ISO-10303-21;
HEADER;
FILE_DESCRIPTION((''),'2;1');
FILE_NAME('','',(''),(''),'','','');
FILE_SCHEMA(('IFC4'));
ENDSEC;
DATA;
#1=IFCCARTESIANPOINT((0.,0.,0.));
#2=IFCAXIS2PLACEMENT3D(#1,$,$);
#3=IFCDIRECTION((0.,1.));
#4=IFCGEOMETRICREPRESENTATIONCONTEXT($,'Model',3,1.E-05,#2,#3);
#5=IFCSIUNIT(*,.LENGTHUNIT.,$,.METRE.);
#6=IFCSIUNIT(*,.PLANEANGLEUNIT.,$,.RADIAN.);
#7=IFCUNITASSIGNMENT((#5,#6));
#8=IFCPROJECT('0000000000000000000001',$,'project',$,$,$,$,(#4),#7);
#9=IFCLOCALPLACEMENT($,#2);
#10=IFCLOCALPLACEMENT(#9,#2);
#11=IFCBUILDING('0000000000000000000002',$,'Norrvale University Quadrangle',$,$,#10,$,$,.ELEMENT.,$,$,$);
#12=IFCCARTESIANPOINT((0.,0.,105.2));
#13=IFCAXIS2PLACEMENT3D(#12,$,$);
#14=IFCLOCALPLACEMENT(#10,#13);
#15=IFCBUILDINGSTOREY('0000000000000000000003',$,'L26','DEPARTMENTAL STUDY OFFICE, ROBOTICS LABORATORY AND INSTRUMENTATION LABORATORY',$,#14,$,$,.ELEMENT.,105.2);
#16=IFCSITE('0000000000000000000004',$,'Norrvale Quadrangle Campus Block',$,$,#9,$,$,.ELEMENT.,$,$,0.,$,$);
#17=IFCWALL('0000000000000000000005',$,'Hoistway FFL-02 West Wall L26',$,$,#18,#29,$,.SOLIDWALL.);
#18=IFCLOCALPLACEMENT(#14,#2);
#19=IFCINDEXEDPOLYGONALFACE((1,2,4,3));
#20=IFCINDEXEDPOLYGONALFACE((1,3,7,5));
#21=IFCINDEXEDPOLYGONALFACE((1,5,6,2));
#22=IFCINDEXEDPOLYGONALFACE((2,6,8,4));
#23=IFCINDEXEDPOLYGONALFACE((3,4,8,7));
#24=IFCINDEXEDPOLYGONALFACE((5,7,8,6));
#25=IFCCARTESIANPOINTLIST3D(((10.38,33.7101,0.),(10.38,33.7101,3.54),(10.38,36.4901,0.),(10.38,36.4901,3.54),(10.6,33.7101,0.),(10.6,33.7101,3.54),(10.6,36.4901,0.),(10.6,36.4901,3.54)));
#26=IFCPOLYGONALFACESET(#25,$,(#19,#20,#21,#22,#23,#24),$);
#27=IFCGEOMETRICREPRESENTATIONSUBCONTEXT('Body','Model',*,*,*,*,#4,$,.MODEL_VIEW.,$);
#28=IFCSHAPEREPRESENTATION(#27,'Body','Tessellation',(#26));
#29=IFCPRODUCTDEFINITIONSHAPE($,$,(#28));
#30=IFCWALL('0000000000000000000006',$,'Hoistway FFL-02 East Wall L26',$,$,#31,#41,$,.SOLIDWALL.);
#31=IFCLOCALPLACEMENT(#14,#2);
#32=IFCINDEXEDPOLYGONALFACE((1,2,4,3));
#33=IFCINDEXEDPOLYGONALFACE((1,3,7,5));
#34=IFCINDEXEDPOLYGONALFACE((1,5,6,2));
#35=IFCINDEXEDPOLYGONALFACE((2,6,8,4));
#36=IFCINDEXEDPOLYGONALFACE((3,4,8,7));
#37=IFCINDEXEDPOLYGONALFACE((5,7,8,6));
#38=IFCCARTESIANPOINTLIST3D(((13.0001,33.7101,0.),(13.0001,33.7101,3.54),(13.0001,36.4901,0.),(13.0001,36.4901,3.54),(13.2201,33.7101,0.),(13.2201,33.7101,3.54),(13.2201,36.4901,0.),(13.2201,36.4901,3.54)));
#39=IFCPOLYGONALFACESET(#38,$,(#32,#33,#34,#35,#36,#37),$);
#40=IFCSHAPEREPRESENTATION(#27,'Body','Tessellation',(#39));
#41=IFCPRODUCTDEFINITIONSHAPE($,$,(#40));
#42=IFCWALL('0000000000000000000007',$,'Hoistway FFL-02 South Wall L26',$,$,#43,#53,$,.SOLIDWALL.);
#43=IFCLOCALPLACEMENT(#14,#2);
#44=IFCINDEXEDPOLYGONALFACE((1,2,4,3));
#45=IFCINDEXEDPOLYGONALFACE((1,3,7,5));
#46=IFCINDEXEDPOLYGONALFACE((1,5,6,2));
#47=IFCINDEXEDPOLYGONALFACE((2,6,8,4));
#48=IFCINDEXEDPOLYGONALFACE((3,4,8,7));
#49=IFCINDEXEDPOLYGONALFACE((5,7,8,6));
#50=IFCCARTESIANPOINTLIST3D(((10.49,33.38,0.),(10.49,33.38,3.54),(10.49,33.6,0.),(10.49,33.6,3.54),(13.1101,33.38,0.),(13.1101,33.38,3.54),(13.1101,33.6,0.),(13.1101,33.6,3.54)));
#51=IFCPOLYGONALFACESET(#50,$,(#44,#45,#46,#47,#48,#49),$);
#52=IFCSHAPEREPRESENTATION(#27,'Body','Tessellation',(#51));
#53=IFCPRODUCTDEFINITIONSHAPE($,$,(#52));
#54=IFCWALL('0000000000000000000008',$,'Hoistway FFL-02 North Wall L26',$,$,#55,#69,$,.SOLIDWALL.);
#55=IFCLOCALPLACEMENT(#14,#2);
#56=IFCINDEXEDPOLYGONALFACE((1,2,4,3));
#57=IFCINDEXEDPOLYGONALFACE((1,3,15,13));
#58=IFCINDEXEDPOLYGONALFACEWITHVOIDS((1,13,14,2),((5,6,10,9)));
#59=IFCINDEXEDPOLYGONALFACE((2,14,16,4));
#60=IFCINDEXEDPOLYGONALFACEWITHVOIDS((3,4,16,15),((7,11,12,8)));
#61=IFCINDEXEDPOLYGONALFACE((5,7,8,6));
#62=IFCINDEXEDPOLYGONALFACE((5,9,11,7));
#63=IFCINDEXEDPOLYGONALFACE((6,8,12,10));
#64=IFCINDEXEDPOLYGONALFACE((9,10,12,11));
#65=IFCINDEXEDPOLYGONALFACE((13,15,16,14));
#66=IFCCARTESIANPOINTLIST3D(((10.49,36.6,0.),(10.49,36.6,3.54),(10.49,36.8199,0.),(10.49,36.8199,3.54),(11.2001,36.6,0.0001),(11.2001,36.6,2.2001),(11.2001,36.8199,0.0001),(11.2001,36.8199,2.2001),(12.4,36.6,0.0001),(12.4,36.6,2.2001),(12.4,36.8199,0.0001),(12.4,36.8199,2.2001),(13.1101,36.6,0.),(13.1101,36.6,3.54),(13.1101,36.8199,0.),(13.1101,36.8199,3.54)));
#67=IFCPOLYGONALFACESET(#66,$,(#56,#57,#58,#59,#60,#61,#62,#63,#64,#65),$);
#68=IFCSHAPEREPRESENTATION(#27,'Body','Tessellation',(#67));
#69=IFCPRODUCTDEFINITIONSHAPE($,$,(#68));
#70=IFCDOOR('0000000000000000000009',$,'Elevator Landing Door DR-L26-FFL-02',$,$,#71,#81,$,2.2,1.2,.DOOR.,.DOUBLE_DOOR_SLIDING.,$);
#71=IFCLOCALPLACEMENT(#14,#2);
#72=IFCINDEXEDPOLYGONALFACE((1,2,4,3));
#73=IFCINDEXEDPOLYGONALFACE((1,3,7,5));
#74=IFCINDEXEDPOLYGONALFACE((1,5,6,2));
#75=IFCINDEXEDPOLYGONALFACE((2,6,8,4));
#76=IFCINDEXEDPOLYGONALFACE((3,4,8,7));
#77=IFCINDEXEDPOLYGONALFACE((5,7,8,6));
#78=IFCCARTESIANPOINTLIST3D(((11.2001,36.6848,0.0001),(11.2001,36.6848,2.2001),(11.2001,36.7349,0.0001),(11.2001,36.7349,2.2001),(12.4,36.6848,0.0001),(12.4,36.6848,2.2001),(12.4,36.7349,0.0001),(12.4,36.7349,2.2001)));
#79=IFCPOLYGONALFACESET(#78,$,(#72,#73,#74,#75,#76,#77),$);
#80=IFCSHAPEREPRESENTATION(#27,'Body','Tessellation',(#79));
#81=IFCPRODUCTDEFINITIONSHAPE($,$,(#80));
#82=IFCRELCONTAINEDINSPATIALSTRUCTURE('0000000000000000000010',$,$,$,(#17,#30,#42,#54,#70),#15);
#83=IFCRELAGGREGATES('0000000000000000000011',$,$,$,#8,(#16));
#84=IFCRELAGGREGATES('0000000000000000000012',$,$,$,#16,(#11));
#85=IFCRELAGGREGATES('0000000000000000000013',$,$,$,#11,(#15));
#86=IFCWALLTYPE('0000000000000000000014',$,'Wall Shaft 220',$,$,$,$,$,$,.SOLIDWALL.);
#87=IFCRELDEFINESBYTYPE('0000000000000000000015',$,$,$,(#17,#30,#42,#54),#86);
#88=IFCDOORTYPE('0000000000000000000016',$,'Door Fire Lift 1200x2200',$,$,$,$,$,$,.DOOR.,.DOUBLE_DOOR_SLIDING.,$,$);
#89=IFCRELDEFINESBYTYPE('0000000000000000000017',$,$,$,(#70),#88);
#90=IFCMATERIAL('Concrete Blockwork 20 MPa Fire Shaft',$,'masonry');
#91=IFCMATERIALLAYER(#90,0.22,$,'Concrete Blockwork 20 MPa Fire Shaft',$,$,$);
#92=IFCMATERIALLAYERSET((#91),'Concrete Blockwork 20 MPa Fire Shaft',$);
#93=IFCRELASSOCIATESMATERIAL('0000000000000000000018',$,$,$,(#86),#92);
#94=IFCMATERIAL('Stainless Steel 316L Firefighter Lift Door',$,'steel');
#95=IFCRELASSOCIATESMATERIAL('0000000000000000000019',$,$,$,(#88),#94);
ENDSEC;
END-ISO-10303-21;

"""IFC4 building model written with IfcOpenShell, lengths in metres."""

from ifc_helpers import new_model, si_unit, direction, frame, frame_2d, origin, place, context, subcontext, project, spatial, rectangle, extrude, material, layer, layer_set, type_object, element, fill, save


model = new_model("IFC4")

# Units and contexts
model_context = context("Model", 3, precision=1e-05, world=origin(), true_north=direction((0.0, 1.0)))
body_context = subcontext(model_context, "Body", "Model", "MODEL_VIEW")
ifc_project = project(units=[si_unit("LENGTHUNIT", "METRE"), si_unit("PLANEANGLEUNIT", "RADIAN")], contexts=[model_context])

# Site, building, storey
site_placement = place(None, origin())
site = spatial("IfcSite", under=ifc_project, at=site_placement, Name="Norrvale Quadrangle Campus Block", CompositionType="ELEMENT", RefElevation=0.0)
building_placement = place(site_placement, origin())
building = spatial("IfcBuilding", under=site, at=building_placement, Name="Norrvale University Quadrangle", CompositionType="ELEMENT")
storey_placement = place(building_placement, frame((0.0, 0.0, 105.2)))
storey = spatial("IfcBuildingStorey", under=building, at=storey_placement, Name="L26", Description="DEPARTMENTAL STUDY OFFICE, ROBOTICS LABORATORY AND INSTRUMENTATION LABORATORY", CompositionType="ELEMENT", Elevation=105.2)

# Shared definitions
ifc_material_1 = material(Name="Concrete Blockwork 20 MPa Fire Shaft", Category="masonry")
ifc_layer_1 = layer(ifc_material_1, 0.22, Name="Concrete Blockwork 20 MPa Fire Shaft")
ifc_layer_set_1 = layer_set([ifc_layer_1], Name="Concrete Blockwork 20 MPa Fire Shaft")
wall_type_1 = type_object("IfcWallType", Name="Wall Shaft 220", PredefinedType="SOLIDWALL", material=ifc_layer_set_1)

# Shared definitions
ifc_material_2 = material(Name="Stainless Steel 316L Firefighter Lift Door", Category="steel")
door_type_1 = type_object("IfcDoorType", Name="Door Fire Lift 1200x2200", OperationType="DOUBLE_DOOR_SLIDING", PredefinedType="DOOR", material=ifc_material_2)

# Walls
for number, where, z_axis, x_axis, name in (
    (1, (10.49, 33.71, 0.0), (0.0, 0.0, 1.0), (0.0, 1.0, 0.0), "Hoistway FFL-02 West Wall L26"),
    (2, (13.1101, 33.71, 0.0), (0.0, 0.0, 1.0), (0.0, 1.0, 0.0), "Hoistway FFL-02 East Wall L26"),
):
    element("IfcWall", number, at=place(storey_placement, frame(where, z_axis=z_axis, x_axis=x_axis)), inside=storey, type_object=wall_type_1, Name=name, PredefinedType="SOLIDWALL", context=body_context, shape_type="SweptSolid", body=[
        extrude(rectangle(XDim=2.78, YDim=0.22, at=frame_2d((1.3901, 0.0))), origin(), (0.0, 0.0, 1.0), 3.54),
    ])
wall_1_placement = place(storey_placement, frame((10.49, 33.49, 0.0), z_axis=(0.0, 0.0, 1.0), x_axis=(1.0, 0.0, 0.0)))
element("IfcWall", 3, at=wall_1_placement, inside=storey, type_object=wall_type_1, Name="Hoistway FFL-02 South Wall L26", PredefinedType="SOLIDWALL", context=body_context, shape_type="SweptSolid", body=[
    extrude(rectangle(XDim=2.6201, YDim=0.22, at=frame_2d((1.3101, 0.0))), origin(), (0.0, 0.0, 1.0), 3.54),
])

# Wall, opening, door
wall_2_placement = place(storey_placement, frame((10.49, 36.71, 0.0), z_axis=(0.0, 0.0, 1.0), x_axis=(1.0, 0.0, 0.0)))
wall_2 = element("IfcWall", 4, at=wall_2_placement, inside=storey, type_object=wall_type_1, Name="Hoistway FFL-02 North Wall L26", PredefinedType="SOLIDWALL", context=body_context, shape_type="SweptSolid", body=[
    extrude(rectangle(XDim=2.6201, YDim=0.22, at=frame_2d((1.3101, 0.0))), origin(), (0.0, 0.0, 1.0), 3.54),
])
opening_1_placement = place(wall_2_placement, frame((0.71, 0.0, 0.0)))
opening_1 = element("IfcOpeningElement", 5, at=opening_1_placement, cuts=wall_2, PredefinedType="OPENING", context=body_context, shape_type="SweptSolid", body=[
    extrude(rectangle(XDim=1.2, YDim=2.2, at=frame_2d((0.6001, 1.1001))), frame((0.0, 0.1221, 0.0), z_axis=(0.0, -1.0, 0.0), x_axis=(1.0, 0.0, 0.0)), (0.0, 0.0, 1.0), 0.2439),
])
door_1_placement = place(opening_1_placement, origin())
door_1 = element("IfcDoor", 6, at=door_1_placement, inside=storey, type_object=door_type_1, Name="Elevator Landing Door DR-L26-FFL-02", OperationType="DOUBLE_DOOR_SLIDING", OverallHeight=2.2, OverallWidth=1.2, PredefinedType="DOOR", context=body_context, shape_type="SweptSolid", body=[
    extrude(rectangle(XDim=1.2, YDim=2.2, at=frame_2d((0.6001, 1.1001))), frame((0.0, 0.0249, 0.0), z_axis=(0.0, -1.0, 0.0), x_axis=(1.0, 0.0, 0.0)), (0.0, 0.0, 1.0), 0.05),
])
fill(opening_1, door_1)

save(model, "model.ifc")
